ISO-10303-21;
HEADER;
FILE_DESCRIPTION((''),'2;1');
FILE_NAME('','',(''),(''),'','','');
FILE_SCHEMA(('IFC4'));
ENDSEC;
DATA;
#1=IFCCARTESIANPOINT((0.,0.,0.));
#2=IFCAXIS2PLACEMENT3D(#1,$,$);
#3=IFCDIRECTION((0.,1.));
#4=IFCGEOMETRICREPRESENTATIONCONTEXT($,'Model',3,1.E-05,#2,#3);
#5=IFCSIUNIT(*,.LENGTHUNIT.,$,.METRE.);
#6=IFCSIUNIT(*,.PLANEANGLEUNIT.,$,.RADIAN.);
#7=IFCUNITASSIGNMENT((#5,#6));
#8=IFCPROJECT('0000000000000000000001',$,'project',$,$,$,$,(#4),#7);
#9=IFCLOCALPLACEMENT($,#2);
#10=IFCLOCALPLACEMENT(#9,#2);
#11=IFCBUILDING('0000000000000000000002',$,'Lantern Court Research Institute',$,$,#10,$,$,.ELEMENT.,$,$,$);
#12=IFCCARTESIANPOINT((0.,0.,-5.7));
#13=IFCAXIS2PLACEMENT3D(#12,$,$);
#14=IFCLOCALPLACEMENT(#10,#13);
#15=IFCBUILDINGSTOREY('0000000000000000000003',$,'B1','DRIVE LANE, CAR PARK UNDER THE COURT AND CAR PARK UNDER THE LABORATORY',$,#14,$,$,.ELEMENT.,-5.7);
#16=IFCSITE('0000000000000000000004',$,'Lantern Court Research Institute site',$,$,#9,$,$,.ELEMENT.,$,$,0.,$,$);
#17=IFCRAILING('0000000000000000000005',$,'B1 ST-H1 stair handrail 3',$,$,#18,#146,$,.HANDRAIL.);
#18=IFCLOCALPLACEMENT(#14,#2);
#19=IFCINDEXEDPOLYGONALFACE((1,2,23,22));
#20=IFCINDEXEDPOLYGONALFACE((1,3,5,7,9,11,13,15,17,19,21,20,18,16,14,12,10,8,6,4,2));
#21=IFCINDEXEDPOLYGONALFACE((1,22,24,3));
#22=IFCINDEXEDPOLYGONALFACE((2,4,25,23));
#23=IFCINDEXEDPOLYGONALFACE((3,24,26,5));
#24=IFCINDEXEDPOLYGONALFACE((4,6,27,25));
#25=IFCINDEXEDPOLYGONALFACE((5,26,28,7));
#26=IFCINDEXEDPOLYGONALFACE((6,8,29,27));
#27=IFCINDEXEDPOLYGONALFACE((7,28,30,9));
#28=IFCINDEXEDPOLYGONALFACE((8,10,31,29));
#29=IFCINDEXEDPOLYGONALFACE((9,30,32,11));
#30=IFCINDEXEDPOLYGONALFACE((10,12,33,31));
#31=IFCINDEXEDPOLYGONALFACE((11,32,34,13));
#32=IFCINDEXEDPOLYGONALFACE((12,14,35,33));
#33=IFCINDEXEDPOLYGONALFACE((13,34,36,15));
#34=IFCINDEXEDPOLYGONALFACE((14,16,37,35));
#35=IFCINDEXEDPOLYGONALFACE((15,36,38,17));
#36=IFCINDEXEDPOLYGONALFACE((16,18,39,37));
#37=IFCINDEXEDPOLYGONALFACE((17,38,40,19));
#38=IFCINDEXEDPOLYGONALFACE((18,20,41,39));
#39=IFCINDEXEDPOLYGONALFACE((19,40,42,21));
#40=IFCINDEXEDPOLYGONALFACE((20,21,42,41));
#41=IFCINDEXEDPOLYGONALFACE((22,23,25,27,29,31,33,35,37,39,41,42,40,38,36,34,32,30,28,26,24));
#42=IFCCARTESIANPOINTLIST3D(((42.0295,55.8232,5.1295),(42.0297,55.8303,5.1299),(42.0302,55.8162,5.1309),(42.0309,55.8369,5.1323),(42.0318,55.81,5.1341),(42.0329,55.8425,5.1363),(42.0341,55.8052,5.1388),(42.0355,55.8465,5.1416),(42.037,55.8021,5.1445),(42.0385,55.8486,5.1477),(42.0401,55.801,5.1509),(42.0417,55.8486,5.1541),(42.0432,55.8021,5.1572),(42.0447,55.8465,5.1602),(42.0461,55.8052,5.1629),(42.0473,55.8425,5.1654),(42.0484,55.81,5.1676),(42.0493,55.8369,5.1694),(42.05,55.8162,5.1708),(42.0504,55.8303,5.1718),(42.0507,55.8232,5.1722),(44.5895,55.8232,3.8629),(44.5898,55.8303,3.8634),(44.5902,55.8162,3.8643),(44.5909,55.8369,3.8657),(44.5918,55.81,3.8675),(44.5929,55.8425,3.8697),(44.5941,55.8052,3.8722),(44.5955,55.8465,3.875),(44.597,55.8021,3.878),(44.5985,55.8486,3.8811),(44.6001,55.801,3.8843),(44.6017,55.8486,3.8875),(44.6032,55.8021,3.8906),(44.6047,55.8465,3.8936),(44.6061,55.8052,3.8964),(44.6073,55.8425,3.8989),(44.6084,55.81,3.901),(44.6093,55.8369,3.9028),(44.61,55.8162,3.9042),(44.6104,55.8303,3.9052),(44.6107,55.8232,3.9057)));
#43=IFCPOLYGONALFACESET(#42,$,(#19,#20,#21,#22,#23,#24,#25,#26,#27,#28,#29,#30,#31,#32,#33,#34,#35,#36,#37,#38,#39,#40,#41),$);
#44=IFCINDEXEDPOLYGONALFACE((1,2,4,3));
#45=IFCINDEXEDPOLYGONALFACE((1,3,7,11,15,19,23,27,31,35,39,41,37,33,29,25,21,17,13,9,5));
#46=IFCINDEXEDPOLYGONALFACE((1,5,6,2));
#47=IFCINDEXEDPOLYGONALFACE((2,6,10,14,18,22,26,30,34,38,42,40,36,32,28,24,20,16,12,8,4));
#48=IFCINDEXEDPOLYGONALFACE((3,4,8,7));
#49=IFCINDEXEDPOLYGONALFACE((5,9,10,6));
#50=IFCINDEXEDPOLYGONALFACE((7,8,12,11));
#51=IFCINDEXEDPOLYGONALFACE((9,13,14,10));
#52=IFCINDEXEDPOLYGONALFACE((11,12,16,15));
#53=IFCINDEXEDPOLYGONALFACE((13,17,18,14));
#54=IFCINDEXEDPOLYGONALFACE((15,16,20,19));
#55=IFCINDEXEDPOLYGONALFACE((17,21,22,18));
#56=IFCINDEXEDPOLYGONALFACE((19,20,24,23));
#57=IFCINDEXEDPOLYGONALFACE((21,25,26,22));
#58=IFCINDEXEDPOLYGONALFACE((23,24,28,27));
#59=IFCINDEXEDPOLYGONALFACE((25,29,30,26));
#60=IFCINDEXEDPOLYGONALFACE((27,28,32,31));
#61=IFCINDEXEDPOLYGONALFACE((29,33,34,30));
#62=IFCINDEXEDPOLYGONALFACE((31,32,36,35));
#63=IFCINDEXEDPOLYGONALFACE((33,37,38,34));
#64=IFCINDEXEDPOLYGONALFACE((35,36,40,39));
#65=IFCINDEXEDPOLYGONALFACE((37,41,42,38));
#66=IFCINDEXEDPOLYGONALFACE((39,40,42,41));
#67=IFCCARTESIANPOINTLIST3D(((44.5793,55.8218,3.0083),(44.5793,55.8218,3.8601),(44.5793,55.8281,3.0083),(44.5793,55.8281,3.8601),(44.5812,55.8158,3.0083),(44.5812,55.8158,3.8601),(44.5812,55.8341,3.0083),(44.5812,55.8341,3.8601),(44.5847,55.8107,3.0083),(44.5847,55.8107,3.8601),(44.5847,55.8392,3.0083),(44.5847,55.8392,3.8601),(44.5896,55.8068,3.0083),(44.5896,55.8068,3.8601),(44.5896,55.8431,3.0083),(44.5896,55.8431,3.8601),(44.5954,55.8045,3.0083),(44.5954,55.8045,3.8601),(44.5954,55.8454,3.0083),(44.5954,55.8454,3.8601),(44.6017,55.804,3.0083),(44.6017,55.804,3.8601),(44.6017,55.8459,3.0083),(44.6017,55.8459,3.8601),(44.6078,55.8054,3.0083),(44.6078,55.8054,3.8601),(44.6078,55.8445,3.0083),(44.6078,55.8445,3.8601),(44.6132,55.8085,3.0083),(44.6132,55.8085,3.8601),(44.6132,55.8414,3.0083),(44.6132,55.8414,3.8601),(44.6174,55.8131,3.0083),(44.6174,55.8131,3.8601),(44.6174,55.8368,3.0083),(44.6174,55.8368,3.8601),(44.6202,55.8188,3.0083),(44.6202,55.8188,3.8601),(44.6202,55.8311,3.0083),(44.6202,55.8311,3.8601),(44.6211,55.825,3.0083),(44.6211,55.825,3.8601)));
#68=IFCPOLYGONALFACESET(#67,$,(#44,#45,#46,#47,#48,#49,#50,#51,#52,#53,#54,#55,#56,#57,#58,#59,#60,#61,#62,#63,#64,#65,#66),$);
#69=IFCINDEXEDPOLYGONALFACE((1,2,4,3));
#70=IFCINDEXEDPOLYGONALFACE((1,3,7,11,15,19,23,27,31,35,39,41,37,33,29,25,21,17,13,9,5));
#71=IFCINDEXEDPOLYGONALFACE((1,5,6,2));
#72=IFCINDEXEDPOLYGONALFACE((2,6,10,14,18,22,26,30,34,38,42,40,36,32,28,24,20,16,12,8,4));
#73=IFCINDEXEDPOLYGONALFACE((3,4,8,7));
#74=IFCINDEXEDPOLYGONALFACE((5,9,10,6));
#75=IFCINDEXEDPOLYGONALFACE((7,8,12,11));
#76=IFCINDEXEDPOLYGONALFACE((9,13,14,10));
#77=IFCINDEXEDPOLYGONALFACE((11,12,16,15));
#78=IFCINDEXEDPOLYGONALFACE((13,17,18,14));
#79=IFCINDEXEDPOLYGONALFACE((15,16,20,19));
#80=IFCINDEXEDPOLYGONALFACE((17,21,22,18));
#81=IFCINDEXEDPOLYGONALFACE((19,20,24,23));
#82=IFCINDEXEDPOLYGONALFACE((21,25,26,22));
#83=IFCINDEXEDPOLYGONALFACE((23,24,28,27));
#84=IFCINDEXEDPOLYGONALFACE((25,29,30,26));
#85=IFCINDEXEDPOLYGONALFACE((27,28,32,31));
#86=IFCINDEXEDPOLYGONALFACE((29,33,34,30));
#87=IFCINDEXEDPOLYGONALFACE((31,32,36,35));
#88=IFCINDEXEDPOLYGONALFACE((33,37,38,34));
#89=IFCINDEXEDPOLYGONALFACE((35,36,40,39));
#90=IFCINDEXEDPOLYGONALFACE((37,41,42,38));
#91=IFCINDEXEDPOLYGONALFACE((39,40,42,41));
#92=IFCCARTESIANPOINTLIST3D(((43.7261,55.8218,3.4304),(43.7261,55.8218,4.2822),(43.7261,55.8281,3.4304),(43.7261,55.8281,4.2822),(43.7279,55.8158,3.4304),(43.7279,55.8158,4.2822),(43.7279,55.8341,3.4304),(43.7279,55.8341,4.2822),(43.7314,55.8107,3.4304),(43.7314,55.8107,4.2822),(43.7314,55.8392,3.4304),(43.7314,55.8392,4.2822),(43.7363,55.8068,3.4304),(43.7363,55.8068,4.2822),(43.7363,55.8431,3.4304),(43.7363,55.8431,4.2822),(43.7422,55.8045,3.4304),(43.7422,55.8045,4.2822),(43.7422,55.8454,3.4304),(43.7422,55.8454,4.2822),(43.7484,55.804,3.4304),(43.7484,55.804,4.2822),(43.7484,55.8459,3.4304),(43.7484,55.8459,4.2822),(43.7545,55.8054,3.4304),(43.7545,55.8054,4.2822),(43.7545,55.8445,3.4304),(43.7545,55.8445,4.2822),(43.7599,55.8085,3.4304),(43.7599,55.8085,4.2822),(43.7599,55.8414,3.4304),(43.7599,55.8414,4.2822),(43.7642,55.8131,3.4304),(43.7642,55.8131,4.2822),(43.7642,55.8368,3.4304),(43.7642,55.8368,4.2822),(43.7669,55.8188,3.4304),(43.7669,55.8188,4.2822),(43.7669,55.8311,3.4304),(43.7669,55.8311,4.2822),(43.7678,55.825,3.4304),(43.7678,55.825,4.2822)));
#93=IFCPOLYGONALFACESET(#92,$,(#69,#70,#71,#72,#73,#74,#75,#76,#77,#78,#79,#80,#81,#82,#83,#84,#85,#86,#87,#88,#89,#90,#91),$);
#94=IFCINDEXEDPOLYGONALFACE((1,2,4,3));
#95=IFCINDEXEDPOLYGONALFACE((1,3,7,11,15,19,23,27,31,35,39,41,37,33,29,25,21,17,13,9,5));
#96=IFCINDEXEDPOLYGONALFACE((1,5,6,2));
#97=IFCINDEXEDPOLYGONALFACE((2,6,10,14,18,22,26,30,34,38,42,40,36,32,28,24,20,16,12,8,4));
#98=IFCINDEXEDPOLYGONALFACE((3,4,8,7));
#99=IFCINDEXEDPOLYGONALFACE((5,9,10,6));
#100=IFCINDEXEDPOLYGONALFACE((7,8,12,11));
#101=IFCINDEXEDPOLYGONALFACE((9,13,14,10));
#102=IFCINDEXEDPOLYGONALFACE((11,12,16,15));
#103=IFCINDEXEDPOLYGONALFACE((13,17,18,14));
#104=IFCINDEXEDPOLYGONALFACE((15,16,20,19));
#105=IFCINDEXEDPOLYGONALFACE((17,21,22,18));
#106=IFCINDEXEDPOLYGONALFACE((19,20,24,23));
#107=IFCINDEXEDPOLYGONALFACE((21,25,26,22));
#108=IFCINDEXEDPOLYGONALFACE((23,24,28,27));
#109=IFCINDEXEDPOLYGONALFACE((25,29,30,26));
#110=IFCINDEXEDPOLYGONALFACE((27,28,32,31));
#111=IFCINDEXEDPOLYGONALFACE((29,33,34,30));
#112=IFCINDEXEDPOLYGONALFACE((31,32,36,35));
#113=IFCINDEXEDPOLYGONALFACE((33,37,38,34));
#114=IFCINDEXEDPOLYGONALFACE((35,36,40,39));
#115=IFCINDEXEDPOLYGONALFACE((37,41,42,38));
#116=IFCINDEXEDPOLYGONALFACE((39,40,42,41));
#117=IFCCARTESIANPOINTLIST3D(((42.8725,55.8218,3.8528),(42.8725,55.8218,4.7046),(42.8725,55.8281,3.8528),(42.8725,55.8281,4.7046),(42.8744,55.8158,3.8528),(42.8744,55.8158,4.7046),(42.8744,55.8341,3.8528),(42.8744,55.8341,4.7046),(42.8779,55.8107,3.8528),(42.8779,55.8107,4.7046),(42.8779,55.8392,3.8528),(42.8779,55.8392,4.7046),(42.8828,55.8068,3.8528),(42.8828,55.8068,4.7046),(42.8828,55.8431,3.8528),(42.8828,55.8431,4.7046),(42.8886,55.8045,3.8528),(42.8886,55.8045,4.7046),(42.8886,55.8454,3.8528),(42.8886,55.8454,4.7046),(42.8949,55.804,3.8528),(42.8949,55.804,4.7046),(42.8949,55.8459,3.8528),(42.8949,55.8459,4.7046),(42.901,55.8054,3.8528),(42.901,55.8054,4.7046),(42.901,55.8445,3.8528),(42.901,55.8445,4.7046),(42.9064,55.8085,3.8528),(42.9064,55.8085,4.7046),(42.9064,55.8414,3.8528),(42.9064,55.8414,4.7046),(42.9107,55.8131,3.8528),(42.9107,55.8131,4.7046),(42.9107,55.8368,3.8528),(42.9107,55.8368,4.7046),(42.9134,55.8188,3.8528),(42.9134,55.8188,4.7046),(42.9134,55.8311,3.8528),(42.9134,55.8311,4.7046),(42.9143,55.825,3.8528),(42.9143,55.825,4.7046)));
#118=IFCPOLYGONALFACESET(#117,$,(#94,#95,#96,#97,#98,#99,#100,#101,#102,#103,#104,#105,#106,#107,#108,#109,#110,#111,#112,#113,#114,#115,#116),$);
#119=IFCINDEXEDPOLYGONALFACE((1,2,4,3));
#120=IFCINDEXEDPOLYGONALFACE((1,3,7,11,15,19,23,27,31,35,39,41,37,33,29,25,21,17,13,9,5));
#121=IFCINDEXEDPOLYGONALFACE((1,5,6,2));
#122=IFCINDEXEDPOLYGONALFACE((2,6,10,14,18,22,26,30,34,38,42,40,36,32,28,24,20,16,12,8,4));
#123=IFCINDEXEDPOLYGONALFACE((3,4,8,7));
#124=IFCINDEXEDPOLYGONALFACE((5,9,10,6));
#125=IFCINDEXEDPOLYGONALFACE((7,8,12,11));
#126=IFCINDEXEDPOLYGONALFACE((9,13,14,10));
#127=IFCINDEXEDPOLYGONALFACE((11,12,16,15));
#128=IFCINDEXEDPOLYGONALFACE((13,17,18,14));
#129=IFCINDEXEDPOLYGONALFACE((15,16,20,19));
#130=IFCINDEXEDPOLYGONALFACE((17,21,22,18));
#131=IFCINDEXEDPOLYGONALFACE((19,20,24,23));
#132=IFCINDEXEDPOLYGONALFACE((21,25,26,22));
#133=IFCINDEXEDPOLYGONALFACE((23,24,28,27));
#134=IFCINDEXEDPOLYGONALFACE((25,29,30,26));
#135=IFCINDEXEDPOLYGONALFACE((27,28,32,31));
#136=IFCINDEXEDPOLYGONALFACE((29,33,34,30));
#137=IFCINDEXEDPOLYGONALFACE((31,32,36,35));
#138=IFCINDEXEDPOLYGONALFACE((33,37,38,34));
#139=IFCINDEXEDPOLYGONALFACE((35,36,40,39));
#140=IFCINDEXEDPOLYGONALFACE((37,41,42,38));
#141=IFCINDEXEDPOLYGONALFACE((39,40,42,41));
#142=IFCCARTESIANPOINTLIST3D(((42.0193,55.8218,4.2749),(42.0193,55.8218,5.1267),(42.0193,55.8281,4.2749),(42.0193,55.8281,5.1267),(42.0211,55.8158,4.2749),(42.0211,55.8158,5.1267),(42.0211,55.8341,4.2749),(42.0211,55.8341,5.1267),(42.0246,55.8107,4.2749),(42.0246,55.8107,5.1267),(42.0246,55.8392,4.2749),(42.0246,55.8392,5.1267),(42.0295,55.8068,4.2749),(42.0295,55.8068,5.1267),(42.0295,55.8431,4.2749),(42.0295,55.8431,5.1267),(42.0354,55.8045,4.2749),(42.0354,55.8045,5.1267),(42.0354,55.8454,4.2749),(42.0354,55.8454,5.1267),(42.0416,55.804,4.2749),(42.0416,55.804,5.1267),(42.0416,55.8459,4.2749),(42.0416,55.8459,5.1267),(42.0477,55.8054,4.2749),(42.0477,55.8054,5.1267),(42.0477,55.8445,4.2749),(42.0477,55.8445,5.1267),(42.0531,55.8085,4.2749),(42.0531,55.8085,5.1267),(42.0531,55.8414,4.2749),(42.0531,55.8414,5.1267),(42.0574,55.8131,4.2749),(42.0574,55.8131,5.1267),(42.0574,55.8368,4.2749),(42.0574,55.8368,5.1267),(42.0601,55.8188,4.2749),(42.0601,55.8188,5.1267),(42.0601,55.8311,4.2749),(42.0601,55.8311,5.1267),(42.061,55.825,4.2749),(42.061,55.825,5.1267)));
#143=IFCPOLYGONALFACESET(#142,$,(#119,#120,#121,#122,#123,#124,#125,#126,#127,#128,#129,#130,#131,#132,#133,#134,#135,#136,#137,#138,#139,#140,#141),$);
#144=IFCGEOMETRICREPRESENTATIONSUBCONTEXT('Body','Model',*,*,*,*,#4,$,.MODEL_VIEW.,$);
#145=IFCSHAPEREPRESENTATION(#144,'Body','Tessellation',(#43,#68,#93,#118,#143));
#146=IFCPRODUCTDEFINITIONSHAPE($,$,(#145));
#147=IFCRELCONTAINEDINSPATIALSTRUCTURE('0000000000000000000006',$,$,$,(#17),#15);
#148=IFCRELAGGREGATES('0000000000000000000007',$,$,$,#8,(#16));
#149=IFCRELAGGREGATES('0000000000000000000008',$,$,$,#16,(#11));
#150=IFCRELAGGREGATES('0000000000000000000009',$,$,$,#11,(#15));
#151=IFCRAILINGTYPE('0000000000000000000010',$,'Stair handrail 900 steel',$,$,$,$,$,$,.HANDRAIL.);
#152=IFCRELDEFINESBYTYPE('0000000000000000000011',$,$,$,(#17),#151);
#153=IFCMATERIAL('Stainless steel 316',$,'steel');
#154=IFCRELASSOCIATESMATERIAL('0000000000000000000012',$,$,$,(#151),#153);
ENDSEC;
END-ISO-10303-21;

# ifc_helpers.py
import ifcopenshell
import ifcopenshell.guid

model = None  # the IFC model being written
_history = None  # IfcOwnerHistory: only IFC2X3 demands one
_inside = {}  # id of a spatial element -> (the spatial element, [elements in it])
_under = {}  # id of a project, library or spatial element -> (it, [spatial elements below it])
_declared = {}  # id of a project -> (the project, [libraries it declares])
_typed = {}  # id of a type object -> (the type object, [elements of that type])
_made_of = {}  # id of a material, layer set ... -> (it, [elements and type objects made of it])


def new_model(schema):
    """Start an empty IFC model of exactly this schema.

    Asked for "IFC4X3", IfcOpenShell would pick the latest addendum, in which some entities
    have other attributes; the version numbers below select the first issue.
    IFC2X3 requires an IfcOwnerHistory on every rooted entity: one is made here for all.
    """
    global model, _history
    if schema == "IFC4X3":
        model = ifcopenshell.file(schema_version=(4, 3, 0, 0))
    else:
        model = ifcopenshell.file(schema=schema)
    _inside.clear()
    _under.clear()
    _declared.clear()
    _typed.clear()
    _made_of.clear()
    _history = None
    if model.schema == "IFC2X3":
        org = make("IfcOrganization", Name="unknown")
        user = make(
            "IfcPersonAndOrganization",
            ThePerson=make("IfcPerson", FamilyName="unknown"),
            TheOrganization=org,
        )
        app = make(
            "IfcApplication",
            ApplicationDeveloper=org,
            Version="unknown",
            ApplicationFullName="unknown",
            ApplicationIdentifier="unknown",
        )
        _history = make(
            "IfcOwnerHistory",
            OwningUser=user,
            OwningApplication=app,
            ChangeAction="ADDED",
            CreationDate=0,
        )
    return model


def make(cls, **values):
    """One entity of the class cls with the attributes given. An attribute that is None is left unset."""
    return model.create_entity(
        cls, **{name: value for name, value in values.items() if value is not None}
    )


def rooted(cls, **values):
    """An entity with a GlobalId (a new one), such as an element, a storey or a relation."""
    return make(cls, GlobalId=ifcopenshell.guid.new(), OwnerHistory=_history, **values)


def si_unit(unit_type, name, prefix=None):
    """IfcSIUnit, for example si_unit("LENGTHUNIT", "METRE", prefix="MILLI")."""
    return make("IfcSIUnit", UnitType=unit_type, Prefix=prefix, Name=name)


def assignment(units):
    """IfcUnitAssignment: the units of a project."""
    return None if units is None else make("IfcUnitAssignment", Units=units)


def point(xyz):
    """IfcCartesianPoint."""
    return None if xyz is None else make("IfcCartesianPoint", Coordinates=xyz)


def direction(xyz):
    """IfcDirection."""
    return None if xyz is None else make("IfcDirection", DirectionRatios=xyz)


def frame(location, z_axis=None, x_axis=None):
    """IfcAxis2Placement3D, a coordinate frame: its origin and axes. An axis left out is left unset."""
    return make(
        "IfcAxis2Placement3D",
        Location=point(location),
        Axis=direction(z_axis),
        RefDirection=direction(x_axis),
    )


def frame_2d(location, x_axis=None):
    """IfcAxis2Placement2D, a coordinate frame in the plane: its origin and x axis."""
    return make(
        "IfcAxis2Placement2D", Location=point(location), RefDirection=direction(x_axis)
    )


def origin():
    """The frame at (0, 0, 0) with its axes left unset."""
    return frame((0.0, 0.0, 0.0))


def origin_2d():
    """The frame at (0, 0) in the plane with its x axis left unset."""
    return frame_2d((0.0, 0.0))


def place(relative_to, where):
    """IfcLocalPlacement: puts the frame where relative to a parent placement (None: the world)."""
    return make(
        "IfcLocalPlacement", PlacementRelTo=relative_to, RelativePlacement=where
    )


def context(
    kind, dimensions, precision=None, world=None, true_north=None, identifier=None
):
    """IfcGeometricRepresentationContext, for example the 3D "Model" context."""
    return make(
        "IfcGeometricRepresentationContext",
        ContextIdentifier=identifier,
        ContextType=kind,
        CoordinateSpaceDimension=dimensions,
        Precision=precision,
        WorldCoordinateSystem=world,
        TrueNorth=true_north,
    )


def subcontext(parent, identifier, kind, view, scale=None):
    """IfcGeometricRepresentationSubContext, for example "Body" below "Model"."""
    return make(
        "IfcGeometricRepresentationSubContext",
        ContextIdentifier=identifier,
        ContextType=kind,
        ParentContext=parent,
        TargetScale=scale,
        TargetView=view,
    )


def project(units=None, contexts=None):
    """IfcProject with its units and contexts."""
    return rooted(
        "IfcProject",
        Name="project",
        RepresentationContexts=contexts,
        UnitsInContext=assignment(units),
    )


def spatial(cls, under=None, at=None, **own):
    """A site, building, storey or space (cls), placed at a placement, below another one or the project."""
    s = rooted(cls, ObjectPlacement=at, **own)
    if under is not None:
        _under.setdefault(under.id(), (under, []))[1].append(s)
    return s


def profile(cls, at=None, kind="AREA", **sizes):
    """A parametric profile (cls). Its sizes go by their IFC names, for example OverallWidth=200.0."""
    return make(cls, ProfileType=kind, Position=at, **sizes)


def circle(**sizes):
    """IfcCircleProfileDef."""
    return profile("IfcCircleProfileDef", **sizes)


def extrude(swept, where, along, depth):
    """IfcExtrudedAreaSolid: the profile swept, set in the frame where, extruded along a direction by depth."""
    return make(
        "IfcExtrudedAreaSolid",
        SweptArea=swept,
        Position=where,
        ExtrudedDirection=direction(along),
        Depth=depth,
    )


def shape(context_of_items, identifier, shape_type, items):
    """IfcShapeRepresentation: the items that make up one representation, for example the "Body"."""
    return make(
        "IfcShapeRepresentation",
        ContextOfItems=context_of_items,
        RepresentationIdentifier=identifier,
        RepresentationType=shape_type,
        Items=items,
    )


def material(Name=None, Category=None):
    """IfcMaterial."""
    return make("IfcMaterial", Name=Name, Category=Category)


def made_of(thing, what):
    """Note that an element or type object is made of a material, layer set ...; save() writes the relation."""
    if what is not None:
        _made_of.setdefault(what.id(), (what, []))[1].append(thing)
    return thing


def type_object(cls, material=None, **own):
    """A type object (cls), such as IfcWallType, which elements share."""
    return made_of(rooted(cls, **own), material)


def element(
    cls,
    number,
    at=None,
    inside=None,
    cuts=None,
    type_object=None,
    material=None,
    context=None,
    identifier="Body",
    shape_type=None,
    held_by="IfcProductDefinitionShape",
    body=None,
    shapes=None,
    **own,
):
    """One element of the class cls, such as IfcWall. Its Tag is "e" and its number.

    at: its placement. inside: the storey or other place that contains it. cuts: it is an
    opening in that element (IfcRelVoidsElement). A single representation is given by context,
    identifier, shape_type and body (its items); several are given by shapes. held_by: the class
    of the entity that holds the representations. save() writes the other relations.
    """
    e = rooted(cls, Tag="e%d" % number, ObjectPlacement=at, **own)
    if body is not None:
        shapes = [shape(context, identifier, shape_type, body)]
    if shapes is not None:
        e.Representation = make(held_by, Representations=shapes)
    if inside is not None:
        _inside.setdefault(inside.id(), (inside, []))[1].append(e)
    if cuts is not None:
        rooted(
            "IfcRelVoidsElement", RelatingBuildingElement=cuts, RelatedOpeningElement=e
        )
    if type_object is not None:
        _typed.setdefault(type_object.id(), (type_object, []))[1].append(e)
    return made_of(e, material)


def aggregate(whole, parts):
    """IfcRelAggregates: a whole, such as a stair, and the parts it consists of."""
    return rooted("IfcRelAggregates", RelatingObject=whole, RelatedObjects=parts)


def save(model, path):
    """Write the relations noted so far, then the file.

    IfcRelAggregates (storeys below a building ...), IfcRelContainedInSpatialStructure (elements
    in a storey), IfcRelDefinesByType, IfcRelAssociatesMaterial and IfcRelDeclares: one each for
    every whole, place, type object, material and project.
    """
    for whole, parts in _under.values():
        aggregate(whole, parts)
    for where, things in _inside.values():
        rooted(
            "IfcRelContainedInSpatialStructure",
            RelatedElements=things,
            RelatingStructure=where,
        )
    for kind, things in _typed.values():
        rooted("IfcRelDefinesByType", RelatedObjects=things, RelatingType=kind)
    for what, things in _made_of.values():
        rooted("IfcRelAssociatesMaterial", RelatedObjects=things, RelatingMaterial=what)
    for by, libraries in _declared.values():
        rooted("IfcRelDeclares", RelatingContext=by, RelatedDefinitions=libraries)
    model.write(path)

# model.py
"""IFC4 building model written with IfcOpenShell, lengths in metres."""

from ifc_helpers import new_model, si_unit, direction, frame, origin, origin_2d, place, context, subcontext, project, spatial, circle, extrude, material, type_object, element, save


model = new_model("IFC4")

# Units and contexts
model_context = context("Model", 3, precision=1e-05, world=origin(), true_north=direction((0.0, 1.0)))
body_context = subcontext(model_context, "Body", "Model", "MODEL_VIEW")
ifc_project = project(units=[si_unit("LENGTHUNIT", "METRE"), si_unit("PLANEANGLEUNIT", "RADIAN")], contexts=[model_context])

# Site, building, storey
site_placement = place(None, origin())
site = spatial("IfcSite", under=ifc_project, at=site_placement, Name="Lantern Court Research Institute site", CompositionType="ELEMENT", RefElevation=0.0)
building_placement = place(site_placement, origin())
building = spatial("IfcBuilding", under=site, at=building_placement, Name="Lantern Court Research Institute", CompositionType="ELEMENT")
storey_placement = place(building_placement, frame((0.0, 0.0, -5.7)))
storey = spatial("IfcBuildingStorey", under=building, at=storey_placement, Name="B1", Description="DRIVE LANE, CAR PARK UNDER THE COURT AND CAR PARK UNDER THE LABORATORY", CompositionType="ELEMENT", Elevation=-5.7)

# Railing
ifc_material_1 = material(Name="Stainless steel 316", Category="steel")
railing_type_1 = type_object("IfcRailingType", Name="Stair handrail 900 steel", PredefinedType="HANDRAIL", material=ifc_material_1)
railing_1_placement = place(storey_placement, frame((44.6001, 55.825, 3.0083)))
element("IfcRailing", 1, at=railing_1_placement, inside=storey, type_object=railing_type_1, Name="B1 ST-H1 stair handrail 3", PredefinedType="HANDRAIL", context=body_context, shape_type="SweptSolid", body=[
    extrude(circle(Radius=0.0239, at=origin_2d()), frame((0.0, 0.0, 0.876), z_axis=(-0.8963, 0.0, 0.443449), x_axis=(0.0, -1.0, 0.0)), (0.0, 0.0, 1.0), 2.8562),
    extrude(circle(Radius=0.021, at=origin_2d()), origin(), (0.0, 0.0, 1.0), 0.8518),
    extrude(circle(Radius=0.021, at=origin_2d()), frame((-0.8533, 0.0, 0.4221)), (0.0, 0.0, 1.0), 0.8518),
    extrude(circle(Radius=0.021, at=origin_2d()), frame((-1.7068, 0.0, 0.8445)), (0.0, 0.0, 1.0), 0.8518),
    extrude(circle(Radius=0.021, at=origin_2d()), frame((-2.5601, 0.0, 1.2666)), (0.0, 0.0, 1.0), 0.8518),
])

save(model, "model.ifc")
